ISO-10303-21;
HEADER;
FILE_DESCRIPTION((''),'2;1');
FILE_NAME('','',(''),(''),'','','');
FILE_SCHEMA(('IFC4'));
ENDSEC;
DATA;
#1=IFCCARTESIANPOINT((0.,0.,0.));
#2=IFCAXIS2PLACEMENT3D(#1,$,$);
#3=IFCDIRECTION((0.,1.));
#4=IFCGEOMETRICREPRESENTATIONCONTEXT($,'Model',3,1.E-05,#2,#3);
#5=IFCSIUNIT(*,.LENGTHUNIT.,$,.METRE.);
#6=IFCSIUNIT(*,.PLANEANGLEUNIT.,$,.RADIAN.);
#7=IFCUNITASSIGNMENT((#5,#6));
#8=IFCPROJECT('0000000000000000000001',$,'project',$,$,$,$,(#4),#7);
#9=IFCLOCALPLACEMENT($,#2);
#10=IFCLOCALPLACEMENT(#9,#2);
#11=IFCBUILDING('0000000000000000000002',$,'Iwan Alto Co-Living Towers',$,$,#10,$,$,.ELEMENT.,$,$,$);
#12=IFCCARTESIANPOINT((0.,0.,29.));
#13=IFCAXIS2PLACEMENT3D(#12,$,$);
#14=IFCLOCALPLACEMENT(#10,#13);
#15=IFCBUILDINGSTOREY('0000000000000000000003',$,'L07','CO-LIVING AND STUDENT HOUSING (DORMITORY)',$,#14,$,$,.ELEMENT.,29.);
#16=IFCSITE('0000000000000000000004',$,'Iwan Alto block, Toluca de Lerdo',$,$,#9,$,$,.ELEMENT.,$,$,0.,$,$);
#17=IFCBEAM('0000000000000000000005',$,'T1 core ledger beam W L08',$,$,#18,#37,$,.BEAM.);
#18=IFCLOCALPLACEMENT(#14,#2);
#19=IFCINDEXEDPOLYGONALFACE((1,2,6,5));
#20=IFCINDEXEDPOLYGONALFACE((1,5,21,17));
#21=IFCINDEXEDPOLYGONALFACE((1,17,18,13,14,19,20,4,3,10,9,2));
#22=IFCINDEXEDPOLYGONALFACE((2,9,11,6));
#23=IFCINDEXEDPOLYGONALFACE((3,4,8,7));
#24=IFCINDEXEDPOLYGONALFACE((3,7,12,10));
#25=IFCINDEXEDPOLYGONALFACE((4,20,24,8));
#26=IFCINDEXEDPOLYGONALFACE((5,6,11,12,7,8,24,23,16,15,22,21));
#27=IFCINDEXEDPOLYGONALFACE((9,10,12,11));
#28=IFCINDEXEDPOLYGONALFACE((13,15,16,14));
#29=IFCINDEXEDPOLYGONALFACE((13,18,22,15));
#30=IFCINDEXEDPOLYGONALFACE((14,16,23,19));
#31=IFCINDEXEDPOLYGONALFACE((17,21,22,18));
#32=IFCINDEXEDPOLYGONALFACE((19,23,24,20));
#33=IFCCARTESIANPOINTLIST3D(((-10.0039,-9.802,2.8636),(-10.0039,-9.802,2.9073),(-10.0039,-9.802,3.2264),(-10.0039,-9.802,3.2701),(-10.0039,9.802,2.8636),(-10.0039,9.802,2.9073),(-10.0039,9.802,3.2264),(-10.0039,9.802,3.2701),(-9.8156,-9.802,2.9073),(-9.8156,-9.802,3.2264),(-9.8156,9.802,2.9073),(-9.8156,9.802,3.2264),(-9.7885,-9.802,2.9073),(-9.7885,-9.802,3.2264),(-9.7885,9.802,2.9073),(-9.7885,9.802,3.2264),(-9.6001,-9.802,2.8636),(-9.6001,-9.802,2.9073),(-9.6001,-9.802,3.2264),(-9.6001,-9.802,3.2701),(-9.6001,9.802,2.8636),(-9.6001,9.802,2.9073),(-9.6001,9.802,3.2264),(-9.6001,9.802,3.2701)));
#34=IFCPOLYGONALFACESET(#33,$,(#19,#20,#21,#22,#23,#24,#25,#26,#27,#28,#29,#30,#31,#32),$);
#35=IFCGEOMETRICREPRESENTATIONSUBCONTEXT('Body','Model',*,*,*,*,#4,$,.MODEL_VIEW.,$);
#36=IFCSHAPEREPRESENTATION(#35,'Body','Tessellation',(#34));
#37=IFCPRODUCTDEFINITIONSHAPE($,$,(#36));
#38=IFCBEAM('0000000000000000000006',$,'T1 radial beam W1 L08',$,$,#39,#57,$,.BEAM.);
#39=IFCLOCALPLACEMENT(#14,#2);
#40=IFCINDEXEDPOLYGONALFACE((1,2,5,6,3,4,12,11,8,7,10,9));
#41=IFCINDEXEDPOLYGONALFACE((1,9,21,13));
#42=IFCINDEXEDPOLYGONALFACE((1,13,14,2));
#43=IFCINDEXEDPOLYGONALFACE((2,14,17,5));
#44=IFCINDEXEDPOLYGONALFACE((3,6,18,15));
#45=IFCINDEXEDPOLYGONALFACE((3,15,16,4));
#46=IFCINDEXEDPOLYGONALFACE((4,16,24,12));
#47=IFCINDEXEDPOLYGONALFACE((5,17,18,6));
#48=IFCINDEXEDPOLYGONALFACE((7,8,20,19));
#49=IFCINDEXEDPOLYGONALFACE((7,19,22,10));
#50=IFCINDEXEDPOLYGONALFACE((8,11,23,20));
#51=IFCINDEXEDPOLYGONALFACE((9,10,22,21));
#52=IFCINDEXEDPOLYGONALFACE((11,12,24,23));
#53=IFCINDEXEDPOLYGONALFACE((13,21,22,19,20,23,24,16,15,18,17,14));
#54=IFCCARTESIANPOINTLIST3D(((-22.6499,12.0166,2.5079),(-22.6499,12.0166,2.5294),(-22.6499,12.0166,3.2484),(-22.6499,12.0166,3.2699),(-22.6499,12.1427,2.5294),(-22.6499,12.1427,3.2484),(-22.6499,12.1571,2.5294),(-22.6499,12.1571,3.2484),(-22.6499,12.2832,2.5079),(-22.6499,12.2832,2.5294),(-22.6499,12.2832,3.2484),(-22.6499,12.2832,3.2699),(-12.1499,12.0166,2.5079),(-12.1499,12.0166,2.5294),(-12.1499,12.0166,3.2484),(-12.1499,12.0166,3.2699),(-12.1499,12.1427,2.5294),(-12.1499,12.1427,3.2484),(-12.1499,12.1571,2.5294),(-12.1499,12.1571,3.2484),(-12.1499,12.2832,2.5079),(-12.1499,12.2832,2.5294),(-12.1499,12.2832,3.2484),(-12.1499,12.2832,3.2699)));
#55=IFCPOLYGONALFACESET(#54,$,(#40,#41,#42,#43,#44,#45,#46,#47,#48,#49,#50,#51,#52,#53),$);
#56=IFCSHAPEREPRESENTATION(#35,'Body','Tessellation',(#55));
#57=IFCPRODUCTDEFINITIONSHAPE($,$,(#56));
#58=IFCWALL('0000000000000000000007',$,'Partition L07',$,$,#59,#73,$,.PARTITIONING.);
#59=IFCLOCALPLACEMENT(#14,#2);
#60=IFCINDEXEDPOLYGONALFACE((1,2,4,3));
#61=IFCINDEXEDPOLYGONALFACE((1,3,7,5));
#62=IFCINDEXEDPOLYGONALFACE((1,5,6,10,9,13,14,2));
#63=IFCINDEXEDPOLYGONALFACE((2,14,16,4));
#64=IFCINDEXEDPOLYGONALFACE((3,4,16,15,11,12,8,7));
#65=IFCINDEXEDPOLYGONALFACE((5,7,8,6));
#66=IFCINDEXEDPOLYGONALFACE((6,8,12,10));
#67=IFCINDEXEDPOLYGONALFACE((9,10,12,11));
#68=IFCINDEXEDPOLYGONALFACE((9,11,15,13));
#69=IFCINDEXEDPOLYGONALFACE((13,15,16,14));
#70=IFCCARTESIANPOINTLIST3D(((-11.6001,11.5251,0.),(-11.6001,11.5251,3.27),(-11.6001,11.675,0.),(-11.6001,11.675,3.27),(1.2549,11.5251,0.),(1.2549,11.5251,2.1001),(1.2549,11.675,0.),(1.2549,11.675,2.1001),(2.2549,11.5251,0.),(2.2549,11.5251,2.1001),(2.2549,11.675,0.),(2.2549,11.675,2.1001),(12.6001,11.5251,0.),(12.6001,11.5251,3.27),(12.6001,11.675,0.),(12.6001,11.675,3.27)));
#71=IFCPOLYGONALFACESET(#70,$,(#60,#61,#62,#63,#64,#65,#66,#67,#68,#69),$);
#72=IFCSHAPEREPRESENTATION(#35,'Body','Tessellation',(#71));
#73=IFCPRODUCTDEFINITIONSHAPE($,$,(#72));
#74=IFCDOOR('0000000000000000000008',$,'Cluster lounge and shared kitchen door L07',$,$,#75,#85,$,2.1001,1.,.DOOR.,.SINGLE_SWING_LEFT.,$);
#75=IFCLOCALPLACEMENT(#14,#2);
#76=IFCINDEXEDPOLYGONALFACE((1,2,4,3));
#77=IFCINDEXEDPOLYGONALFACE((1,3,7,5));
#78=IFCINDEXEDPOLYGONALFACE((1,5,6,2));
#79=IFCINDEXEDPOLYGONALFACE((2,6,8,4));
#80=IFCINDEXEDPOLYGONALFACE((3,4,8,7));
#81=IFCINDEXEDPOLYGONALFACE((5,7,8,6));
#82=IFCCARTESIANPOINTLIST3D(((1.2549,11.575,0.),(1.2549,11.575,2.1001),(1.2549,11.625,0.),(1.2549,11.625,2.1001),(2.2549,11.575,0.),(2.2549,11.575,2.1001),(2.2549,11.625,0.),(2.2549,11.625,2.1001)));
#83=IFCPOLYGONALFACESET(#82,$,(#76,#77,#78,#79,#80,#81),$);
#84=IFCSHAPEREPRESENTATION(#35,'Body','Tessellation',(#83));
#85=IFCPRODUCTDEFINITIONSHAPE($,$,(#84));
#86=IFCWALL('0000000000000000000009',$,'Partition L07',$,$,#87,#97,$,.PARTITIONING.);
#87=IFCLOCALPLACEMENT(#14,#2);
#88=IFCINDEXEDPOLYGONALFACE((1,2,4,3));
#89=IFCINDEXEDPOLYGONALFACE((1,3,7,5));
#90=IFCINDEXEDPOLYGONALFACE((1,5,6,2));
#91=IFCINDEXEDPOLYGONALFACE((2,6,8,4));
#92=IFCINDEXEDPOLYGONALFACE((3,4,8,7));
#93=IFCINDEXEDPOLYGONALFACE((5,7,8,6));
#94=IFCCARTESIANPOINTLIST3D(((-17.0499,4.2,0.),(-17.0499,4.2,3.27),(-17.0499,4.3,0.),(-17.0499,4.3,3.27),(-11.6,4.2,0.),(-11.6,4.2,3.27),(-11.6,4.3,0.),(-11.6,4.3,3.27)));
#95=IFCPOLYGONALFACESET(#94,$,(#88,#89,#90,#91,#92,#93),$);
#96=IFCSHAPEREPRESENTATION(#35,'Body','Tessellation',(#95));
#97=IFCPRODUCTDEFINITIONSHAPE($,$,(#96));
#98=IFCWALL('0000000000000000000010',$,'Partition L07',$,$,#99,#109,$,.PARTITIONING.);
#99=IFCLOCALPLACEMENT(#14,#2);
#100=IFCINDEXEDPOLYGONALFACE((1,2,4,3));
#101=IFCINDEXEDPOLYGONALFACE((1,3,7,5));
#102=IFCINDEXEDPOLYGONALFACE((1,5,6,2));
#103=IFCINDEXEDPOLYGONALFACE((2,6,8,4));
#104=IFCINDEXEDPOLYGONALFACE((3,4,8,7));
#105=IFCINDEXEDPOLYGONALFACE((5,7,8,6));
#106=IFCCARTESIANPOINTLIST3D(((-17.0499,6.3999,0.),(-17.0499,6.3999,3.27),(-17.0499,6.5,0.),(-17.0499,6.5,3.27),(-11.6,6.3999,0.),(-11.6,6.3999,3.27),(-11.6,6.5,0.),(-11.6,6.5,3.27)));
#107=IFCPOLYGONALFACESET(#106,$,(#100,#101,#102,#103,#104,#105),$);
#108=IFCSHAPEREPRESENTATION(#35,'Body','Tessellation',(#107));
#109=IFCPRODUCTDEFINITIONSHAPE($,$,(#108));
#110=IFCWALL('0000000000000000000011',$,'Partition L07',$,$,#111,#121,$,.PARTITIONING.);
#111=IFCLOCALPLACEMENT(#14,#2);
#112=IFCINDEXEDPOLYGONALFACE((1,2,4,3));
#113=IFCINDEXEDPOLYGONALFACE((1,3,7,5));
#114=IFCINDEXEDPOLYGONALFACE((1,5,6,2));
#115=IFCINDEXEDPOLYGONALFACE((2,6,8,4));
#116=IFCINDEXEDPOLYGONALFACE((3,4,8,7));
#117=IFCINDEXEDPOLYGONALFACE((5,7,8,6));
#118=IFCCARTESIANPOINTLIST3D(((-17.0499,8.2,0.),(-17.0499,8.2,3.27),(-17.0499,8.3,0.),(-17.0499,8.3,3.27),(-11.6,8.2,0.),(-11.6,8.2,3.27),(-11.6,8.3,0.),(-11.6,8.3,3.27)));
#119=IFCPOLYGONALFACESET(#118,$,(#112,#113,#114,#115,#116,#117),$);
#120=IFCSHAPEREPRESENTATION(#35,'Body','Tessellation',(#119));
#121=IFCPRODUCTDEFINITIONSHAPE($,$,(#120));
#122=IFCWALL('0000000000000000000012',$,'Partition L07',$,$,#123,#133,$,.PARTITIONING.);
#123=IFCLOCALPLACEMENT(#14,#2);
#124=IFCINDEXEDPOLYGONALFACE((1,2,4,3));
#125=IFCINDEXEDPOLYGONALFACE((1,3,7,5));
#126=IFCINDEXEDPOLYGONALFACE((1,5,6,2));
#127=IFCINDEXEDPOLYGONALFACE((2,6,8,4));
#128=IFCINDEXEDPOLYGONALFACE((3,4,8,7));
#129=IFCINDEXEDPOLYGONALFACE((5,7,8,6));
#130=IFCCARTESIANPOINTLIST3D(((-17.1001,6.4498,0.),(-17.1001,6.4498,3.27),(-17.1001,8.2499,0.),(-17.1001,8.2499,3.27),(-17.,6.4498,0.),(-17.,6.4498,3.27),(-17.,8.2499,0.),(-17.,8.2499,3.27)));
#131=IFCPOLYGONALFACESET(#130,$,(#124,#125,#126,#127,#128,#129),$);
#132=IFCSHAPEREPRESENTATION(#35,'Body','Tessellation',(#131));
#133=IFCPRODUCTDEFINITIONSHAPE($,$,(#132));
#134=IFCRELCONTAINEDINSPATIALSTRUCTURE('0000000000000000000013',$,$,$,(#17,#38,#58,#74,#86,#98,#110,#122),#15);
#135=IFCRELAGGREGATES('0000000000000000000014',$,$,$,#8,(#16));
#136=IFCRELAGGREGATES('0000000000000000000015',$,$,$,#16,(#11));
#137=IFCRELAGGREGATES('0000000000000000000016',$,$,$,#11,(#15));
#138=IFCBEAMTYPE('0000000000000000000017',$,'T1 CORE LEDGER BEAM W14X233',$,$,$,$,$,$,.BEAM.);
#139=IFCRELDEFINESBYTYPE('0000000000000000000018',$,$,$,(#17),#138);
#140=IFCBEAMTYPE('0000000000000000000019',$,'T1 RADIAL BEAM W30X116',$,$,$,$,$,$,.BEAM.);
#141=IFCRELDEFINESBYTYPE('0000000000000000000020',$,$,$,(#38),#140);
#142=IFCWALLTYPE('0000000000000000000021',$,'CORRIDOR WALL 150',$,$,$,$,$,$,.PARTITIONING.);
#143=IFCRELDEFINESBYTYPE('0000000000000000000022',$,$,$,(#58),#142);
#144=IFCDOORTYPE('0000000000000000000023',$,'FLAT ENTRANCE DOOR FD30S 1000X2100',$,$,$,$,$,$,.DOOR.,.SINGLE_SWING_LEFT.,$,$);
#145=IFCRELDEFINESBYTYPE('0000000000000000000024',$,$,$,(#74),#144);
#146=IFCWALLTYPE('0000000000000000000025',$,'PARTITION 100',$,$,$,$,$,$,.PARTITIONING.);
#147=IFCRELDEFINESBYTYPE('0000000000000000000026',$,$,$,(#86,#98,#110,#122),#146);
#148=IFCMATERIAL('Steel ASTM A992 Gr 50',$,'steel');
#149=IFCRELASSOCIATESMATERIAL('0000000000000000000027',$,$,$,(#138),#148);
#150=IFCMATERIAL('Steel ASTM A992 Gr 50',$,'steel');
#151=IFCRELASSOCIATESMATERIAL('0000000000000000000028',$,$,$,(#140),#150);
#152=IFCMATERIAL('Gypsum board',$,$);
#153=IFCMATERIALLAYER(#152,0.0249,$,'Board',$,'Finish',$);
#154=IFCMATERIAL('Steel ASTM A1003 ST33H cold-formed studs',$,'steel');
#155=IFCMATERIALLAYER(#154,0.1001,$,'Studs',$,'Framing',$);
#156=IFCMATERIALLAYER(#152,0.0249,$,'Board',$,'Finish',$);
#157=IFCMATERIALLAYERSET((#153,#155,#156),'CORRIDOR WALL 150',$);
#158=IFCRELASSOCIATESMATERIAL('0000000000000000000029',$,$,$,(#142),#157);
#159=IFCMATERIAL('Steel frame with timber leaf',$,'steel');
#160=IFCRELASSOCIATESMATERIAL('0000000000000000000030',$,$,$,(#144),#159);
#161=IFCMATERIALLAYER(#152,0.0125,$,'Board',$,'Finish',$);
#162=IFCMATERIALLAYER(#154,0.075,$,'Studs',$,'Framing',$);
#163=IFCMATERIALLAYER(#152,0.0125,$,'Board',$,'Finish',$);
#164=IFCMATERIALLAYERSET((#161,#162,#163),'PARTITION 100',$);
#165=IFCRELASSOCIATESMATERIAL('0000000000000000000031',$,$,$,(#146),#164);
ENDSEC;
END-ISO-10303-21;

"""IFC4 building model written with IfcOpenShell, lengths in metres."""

from ifc_helpers import new_model, si_unit, direction, frame, frame_2d, origin, origin_2d, place, context, subcontext, project, spatial, rectangle, i_section, extrude, material, layer, layer_set, material_profile, profile_set, type_object, element, fill, save


model = new_model("IFC4")

# Units and contexts
model_context = context("Model", 3, precision=1e-05, world=origin(), true_north=direction((0.0, 1.0)))
body_context = subcontext(model_context, "Body", "Model", "MODEL_VIEW")
ifc_project = project(units=[si_unit("LENGTHUNIT", "METRE"), si_unit("PLANEANGLEUNIT", "RADIAN")], contexts=[model_context])

# Site, building, storey
site_placement = place(None, origin())
site = spatial("IfcSite", under=ifc_project, at=site_placement, Name="Iwan Alto block, Toluca de Lerdo", CompositionType="ELEMENT", RefElevation=0.0)
building_placement = place(site_placement, origin())
building = spatial("IfcBuilding", under=site, at=building_placement, Name="Iwan Alto Co-Living Towers", CompositionType="ELEMENT")
storey_placement = place(building_placement, frame((0.0, 0.0, 29.0)))
storey = spatial("IfcBuildingStorey", under=building, at=storey_placement, Name="L07", Description="CO-LIVING AND STUDENT HOUSING (DORMITORY)", CompositionType="ELEMENT", Elevation=29.0)

# Beams
ifc_material_1 = material(Name="Steel ASTM A992 Gr 50", Category="steel")
ifc_material_profile_1 = material_profile(ifc_material_1, i_section(OverallWidth=0.4038, OverallDepth=0.4065, WebThickness=0.0271, FlangeThickness=0.0437, at=origin_2d()), Name="W14X233")
ifc_profile_set_1 = profile_set([ifc_material_profile_1], Name="Steel ASTM A992 Gr 50")
beam_type_1 = type_object("IfcBeamType", Name="T1 CORE LEDGER BEAM W14X233", PredefinedType="BEAM", material=ifc_profile_set_1)
beam_1_placement = place(storey_placement, frame((-9.802, 9.802, 3.0669), z_axis=(0.0, -1.0, 0.0), x_axis=(1.0, 0.0, 0.0)))
element("IfcBeam", 1, at=beam_1_placement, inside=storey, type_object=beam_type_1, Name="T1 core ledger beam W L08", PredefinedType="BEAM", context=body_context, shape_type="SweptSolid", body=[
    extrude(i_section(OverallWidth=0.4038, OverallDepth=0.4065, WebThickness=0.0271, FlangeThickness=0.0437, at=origin_2d()), origin(), (0.0, 0.0, 1.0), 19.604),
])
ifc_material_2 = material(Name="Steel ASTM A992 Gr 50", Category="steel")
ifc_material_profile_2 = material_profile(ifc_material_2, i_section(OverallWidth=0.2666, OverallDepth=0.762, WebThickness=0.0144, FlangeThickness=0.0215, at=origin_2d()), Name="W30X116")
ifc_profile_set_2 = profile_set([ifc_material_profile_2], Name="Steel ASTM A992 Gr 50")
beam_type_2 = type_object("IfcBeamType", Name="T1 RADIAL BEAM W30X116", PredefinedType="BEAM", material=ifc_profile_set_2)
beam_2_placement = place(storey_placement, frame((-22.6499, 12.1499, 2.8889), z_axis=(1.0, 0.0, 0.0), x_axis=(0.0, 1.0, 0.0)))
element("IfcBeam", 2, at=beam_2_placement, inside=storey, type_object=beam_type_2, Name="T1 radial beam W1 L08", PredefinedType="BEAM", context=body_context, shape_type="SweptSolid", body=[
    extrude(i_section(OverallWidth=0.2666, OverallDepth=0.762, WebThickness=0.0144, FlangeThickness=0.0215, at=origin_2d()), origin(), (0.0, 0.0, 1.0), 10.5),
])

# Wall, opening, door
ifc_material_3 = material(Name="Gypsum board")
ifc_layer_1 = layer(ifc_material_3, 0.0249, Name="Board", Category="Finish")
ifc_material_4 = material(Name="Steel ASTM A1003 ST33H cold-formed studs", Category="steel")
ifc_layer_2 = layer(ifc_material_4, 0.1001, Name="Studs", Category="Framing")
ifc_layer_3 = layer(ifc_material_3, 0.0249, Name="Board", Category="Finish")
ifc_layer_set_1 = layer_set([ifc_layer_1, ifc_layer_2, ifc_layer_3], Name="CORRIDOR WALL 150")
wall_type_1 = type_object("IfcWallType", Name="CORRIDOR WALL 150", PredefinedType="PARTITIONING", material=ifc_layer_set_1)
wall_1_placement = place(storey_placement, frame((-11.6001, 11.6001, 0.0), z_axis=(0.0, 0.0, 1.0), x_axis=(1.0, 0.0, 0.0)))
wall_1 = element("IfcWall", 3, at=wall_1_placement, inside=storey, type_object=wall_type_1, Name="Partition L07", PredefinedType="PARTITIONING", context=body_context, shape_type="SweptSolid", body=[
    extrude(rectangle(XDim=24.2002, YDim=0.1499, at=frame_2d((12.1001, 0.0))), origin(), (0.0, 0.0, 1.0), 3.27),
])
opening_1_placement = place(wall_1_placement, frame((12.855, 0.0, 0.0)))
opening_1 = element("IfcOpeningElement", 4, at=opening_1_placement, cuts=wall_1, PredefinedType="OPENING", context=body_context, shape_type="SweptSolid", body=[
    extrude(rectangle(XDim=1.0, YDim=2.1001, at=frame_2d((0.5, 1.05))), frame((0.0, 0.085, 0.0), z_axis=(0.0, -1.0, 0.0), x_axis=(1.0, 0.0, 0.0)), (0.0, 0.0, 1.0), 0.1699),
])
ifc_material_5 = material(Name="Steel frame with timber leaf", Category="steel")
door_type_1 = type_object("IfcDoorType", Name="FLAT ENTRANCE DOOR FD30S 1000X2100", OperationType="SINGLE_SWING_LEFT", PredefinedType="DOOR", material=ifc_material_5)
door_1_placement = place(opening_1_placement, origin())
door_1 = element("IfcDoor", 5, at=door_1_placement, inside=storey, type_object=door_type_1, Name="Cluster lounge and shared kitchen door L07", OperationType="SINGLE_SWING_LEFT", OverallHeight=2.1001, OverallWidth=1.0, PredefinedType="DOOR", context=body_context, shape_type="SweptSolid", body=[
    extrude(rectangle(XDim=1.0, YDim=2.1001, at=frame_2d((0.5, 1.05))), frame((0.0, 0.0249, 0.0), z_axis=(0.0, -1.0, 0.0), x_axis=(1.0, 0.0, 0.0)), (0.0, 0.0, 1.0), 0.05),
])
fill(opening_1, door_1)

# Walls
ifc_layer_4 = layer(ifc_material_3, 0.0125, Name="Board", Category="Finish")
ifc_layer_5 = layer(ifc_material_4, 0.075, Name="Studs", Category="Framing")
ifc_layer_6 = layer(ifc_material_3, 0.0125, Name="Board", Category="Finish")
ifc_layer_set_2 = layer_set([ifc_layer_4, ifc_layer_5, ifc_layer_6], Name="PARTITION 100")
wall_type_2 = type_object("IfcWallType", Name="PARTITION 100", PredefinedType="PARTITIONING", material=ifc_layer_set_2)
for number, where, z_axis, x_axis, name in (
    (6, (-17.05, 4.25, 0.0), (0.0, 0.0, 1.0), (1.0, 0.0, 0.0), "Partition L07"),
    (7, (-17.05, 6.45, 0.0), (0.0, 0.0, 1.0), (1.0, 0.0, 0.0), "Partition L07"),
    (8, (-17.05, 8.25, 0.0), (0.0, 0.0, 1.0), (1.0, 0.0, 0.0), "Partition L07"),
):
    element("IfcWall", number, at=place(storey_placement, frame(where, z_axis=z_axis, x_axis=x_axis)), inside=storey, type_object=wall_type_2, Name=name, PredefinedType="PARTITIONING", context=body_context, shape_type="SweptSolid", body=[
        extrude(rectangle(XDim=5.45, YDim=0.1001, at=frame_2d((2.7251, 0.0))), origin(), (0.0, 0.0, 1.0), 3.27),
    ])
wall_2_placement = place(storey_placement, frame((-17.05, 6.45, 0.0), z_axis=(0.0, 0.0, 1.0), x_axis=(0.0, 1.0, 0.0)))
element("IfcWall", 9, at=wall_2_placement, inside=storey, type_object=wall_type_2, Name="Partition L07", PredefinedType="PARTITIONING", context=body_context, shape_type="SweptSolid", body=[
    extrude(rectangle(XDim=1.8, YDim=0.1001, at=frame_2d((0.8999, 0.0))), origin(), (0.0, 0.0, 1.0), 3.27),
])

save(model, "model.ifc")
